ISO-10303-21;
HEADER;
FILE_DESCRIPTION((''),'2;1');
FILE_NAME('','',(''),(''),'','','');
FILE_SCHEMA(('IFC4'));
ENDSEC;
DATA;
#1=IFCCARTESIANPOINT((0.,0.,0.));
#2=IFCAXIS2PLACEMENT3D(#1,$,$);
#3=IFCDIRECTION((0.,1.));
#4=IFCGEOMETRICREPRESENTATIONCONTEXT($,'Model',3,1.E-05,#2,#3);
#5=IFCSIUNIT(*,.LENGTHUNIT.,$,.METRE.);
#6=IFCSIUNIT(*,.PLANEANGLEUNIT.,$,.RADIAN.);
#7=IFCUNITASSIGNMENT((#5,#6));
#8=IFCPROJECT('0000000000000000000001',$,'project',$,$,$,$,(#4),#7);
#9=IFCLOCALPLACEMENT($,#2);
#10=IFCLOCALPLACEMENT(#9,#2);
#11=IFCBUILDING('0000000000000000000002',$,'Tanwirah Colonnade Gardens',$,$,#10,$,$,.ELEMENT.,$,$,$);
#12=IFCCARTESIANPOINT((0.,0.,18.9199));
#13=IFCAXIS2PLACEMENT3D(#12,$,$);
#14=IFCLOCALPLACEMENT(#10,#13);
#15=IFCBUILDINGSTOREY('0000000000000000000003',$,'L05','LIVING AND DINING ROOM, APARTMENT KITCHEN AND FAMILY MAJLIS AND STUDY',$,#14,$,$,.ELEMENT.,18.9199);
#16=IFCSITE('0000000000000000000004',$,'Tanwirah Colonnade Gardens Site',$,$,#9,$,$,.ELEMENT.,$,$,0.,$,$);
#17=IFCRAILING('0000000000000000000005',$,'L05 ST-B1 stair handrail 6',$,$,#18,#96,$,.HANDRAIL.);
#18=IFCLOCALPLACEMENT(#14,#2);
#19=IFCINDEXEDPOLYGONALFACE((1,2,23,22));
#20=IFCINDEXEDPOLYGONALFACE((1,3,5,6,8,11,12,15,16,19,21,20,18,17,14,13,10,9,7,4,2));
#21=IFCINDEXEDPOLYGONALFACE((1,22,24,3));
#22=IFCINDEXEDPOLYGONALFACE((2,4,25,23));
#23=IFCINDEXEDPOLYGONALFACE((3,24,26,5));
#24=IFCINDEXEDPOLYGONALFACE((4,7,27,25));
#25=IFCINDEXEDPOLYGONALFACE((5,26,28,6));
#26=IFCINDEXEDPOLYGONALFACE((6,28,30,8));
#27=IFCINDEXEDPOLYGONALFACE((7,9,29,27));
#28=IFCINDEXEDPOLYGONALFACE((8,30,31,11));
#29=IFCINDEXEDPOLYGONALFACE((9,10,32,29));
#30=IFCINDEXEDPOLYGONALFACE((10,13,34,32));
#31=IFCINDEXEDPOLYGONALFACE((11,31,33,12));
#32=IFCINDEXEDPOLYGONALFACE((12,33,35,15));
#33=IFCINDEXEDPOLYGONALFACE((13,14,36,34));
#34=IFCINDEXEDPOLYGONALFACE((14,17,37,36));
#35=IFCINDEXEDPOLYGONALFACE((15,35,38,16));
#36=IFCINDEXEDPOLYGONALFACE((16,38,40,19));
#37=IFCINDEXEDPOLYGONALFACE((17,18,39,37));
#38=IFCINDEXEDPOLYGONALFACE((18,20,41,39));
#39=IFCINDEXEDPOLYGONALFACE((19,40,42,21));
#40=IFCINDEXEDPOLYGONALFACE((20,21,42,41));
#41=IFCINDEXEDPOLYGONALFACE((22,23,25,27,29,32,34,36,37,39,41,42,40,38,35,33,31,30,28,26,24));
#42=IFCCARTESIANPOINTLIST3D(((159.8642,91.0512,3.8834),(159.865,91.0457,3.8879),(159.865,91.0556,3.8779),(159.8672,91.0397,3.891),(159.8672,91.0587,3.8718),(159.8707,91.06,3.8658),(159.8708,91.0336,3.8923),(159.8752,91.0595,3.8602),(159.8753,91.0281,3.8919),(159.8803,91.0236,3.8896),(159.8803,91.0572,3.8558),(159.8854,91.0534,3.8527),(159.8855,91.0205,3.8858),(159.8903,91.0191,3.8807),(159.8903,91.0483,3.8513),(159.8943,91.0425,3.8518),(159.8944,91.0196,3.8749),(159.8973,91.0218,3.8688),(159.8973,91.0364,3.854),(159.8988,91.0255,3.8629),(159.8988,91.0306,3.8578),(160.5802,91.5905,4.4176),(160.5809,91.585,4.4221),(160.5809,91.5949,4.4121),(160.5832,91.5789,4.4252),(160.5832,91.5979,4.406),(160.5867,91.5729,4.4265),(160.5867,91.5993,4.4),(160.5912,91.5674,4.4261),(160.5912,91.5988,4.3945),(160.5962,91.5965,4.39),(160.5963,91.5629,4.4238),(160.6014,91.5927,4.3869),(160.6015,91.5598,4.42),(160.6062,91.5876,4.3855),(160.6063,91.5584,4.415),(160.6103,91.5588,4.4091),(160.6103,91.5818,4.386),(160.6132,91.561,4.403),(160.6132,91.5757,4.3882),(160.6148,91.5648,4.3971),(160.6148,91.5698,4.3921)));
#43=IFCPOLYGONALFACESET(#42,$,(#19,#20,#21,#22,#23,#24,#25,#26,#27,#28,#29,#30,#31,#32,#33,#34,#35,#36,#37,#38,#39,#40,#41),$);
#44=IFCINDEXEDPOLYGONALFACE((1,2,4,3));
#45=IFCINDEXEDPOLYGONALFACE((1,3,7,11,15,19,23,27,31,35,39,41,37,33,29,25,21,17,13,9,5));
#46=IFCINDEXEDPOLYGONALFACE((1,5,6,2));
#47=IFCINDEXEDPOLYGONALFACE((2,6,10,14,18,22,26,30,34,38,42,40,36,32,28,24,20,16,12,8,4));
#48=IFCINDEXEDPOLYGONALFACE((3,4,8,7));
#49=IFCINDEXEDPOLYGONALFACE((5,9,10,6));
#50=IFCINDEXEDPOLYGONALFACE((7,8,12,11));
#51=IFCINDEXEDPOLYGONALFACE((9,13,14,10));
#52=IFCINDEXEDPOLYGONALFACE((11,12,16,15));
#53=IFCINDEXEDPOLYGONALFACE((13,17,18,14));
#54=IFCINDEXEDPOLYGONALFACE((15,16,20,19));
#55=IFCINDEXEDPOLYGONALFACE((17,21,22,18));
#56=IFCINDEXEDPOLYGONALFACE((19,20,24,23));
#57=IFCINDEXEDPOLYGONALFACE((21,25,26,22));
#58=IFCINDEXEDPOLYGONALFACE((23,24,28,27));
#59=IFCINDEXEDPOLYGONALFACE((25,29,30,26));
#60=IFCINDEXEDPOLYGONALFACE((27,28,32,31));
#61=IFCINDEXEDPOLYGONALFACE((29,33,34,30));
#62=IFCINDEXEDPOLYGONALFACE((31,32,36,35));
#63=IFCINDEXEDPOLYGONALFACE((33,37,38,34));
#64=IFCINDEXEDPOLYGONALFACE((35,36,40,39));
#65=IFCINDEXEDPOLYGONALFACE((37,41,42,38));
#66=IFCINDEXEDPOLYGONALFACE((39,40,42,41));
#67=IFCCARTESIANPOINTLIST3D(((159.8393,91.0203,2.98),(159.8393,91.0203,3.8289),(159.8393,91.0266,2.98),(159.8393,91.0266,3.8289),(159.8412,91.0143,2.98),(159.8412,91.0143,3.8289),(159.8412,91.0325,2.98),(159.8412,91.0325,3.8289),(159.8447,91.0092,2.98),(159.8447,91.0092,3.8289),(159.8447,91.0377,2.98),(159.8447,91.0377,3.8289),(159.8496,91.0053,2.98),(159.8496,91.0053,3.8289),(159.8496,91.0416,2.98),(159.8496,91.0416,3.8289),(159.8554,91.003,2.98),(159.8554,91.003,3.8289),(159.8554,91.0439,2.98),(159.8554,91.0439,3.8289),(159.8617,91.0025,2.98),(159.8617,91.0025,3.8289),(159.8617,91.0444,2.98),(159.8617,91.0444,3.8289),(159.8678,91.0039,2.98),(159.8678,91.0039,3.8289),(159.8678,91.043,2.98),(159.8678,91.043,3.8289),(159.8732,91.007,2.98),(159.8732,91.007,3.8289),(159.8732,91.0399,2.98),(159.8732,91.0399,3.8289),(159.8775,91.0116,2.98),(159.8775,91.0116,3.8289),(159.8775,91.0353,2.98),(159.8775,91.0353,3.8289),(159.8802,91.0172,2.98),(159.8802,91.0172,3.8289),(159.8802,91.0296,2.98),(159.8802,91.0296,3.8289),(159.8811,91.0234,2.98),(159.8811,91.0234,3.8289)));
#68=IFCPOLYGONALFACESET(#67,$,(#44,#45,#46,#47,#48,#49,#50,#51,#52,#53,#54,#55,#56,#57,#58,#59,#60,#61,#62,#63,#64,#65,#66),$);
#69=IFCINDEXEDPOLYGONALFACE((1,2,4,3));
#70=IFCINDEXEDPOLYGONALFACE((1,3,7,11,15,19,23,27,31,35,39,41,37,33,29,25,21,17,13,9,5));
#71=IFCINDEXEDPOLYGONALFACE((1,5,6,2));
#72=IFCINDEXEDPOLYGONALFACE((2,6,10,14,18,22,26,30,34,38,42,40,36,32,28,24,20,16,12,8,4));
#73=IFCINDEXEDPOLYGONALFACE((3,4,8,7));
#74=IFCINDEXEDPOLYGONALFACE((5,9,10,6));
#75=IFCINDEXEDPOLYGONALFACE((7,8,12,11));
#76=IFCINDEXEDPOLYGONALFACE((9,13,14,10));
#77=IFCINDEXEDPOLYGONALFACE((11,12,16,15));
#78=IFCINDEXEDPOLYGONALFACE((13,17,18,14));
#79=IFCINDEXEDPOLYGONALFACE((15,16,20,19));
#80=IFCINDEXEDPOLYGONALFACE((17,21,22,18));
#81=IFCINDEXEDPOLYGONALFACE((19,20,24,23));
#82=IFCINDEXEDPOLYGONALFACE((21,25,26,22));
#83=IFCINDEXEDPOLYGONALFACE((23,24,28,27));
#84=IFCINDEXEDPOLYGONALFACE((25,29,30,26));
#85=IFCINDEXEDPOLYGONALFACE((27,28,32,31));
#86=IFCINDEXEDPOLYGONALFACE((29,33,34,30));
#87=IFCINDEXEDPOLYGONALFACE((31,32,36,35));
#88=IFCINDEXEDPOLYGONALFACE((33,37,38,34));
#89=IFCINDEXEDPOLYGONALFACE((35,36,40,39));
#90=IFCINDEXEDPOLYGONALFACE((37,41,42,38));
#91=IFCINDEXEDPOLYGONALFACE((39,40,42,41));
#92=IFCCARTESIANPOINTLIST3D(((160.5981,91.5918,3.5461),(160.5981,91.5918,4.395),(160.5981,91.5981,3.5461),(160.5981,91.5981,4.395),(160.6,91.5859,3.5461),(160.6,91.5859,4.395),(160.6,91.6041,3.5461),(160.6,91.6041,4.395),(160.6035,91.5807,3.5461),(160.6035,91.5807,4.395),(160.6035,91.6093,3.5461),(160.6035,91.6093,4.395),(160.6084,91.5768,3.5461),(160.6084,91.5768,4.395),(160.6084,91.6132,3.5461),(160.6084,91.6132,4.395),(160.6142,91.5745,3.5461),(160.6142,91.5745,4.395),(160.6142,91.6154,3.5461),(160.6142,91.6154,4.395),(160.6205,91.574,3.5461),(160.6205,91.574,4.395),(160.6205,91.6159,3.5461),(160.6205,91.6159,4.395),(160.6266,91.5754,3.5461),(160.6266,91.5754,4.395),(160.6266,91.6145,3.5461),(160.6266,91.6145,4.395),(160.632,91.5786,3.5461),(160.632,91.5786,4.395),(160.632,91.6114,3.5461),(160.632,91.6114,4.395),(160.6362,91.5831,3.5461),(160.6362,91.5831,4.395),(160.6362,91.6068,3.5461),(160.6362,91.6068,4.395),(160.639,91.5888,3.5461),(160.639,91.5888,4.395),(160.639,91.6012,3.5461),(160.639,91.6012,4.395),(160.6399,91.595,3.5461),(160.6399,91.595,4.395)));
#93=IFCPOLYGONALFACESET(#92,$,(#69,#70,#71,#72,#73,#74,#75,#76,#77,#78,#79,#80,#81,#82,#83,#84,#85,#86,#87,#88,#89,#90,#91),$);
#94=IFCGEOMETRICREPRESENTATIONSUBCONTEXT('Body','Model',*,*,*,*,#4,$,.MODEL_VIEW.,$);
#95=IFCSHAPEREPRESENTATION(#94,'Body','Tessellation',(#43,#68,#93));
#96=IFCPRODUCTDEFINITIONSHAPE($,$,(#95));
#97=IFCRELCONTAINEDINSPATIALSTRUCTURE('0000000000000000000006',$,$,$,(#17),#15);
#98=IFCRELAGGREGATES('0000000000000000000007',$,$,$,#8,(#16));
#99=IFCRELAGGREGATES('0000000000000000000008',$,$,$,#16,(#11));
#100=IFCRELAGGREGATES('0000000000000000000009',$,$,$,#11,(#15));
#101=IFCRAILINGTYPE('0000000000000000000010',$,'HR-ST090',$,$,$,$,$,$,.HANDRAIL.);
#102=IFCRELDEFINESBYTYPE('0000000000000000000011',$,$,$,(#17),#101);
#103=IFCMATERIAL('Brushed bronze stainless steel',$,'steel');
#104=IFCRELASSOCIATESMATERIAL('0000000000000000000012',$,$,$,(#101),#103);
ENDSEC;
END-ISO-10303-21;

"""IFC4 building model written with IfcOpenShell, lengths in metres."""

from ifc_helpers import new_model, si_unit, direction, frame, origin, origin_2d, place, context, subcontext, project, spatial, circle, extrude, material, type_object, element, save


model = new_model("IFC4")

# Units and contexts
model_context = context("Model", 3, precision=1e-05, world=origin(), true_north=direction((0.0, 1.0)))
body_context = subcontext(model_context, "Body", "Model", "MODEL_VIEW")
ifc_project = project(units=[si_unit("LENGTHUNIT", "METRE"), si_unit("PLANEANGLEUNIT", "RADIAN")], contexts=[model_context])

# Site, building, storey
site_placement = place(None, origin())
site = spatial("IfcSite", under=ifc_project, at=site_placement, Name="Tanwirah Colonnade Gardens Site", CompositionType="ELEMENT", RefElevation=0.0)
building_placement = place(site_placement, origin())
building = spatial("IfcBuilding", under=site, at=building_placement, Name="Tanwirah Colonnade Gardens", CompositionType="ELEMENT")
storey_placement = place(building_placement, frame((0.0, 0.0, 18.9199)))
storey = spatial("IfcBuildingStorey", under=building, at=storey_placement, Name="L05", Description="LIVING AND DINING ROOM, APARTMENT KITCHEN AND FAMILY MAJLIS AND STUDY", CompositionType="ELEMENT", Elevation=18.9199)

# Railing
ifc_material_1 = material(Name="Brushed bronze stainless steel", Category="steel")
railing_type_1 = type_object("IfcRailingType", Name="HR-ST090", PredefinedType="HANDRAIL", material=ifc_material_1)
railing_1_placement = place(storey_placement, frame((159.8601, 91.0234, 2.98)))
element("IfcRailing", 1, at=railing_1_placement, inside=storey, type_object=railing_type_1, Name="L05 ST-B1 stair handrail 6", PredefinedType="HANDRAIL", context=body_context, shape_type="SweptSolid", body=[
    extrude(circle(Radius=0.0239, at=origin_2d()), frame((0.0215, 0.0161, 0.8918), z_axis=(0.686146, 0.516817, 0.51196), x_axis=(-0.601644, 0.798765, 0.0)), (0.0, 0.0, 1.0), 1.0435),
    extrude(circle(Radius=0.021, at=origin_2d()), origin(), (0.0, 0.0, 1.0), 0.8489),
    extrude(circle(Radius=0.021, at=origin_2d()), frame((0.7588, 0.5715, 0.5662)), (0.0, 0.0, 1.0), 0.8489),
])

save(model, "model.ifc")
